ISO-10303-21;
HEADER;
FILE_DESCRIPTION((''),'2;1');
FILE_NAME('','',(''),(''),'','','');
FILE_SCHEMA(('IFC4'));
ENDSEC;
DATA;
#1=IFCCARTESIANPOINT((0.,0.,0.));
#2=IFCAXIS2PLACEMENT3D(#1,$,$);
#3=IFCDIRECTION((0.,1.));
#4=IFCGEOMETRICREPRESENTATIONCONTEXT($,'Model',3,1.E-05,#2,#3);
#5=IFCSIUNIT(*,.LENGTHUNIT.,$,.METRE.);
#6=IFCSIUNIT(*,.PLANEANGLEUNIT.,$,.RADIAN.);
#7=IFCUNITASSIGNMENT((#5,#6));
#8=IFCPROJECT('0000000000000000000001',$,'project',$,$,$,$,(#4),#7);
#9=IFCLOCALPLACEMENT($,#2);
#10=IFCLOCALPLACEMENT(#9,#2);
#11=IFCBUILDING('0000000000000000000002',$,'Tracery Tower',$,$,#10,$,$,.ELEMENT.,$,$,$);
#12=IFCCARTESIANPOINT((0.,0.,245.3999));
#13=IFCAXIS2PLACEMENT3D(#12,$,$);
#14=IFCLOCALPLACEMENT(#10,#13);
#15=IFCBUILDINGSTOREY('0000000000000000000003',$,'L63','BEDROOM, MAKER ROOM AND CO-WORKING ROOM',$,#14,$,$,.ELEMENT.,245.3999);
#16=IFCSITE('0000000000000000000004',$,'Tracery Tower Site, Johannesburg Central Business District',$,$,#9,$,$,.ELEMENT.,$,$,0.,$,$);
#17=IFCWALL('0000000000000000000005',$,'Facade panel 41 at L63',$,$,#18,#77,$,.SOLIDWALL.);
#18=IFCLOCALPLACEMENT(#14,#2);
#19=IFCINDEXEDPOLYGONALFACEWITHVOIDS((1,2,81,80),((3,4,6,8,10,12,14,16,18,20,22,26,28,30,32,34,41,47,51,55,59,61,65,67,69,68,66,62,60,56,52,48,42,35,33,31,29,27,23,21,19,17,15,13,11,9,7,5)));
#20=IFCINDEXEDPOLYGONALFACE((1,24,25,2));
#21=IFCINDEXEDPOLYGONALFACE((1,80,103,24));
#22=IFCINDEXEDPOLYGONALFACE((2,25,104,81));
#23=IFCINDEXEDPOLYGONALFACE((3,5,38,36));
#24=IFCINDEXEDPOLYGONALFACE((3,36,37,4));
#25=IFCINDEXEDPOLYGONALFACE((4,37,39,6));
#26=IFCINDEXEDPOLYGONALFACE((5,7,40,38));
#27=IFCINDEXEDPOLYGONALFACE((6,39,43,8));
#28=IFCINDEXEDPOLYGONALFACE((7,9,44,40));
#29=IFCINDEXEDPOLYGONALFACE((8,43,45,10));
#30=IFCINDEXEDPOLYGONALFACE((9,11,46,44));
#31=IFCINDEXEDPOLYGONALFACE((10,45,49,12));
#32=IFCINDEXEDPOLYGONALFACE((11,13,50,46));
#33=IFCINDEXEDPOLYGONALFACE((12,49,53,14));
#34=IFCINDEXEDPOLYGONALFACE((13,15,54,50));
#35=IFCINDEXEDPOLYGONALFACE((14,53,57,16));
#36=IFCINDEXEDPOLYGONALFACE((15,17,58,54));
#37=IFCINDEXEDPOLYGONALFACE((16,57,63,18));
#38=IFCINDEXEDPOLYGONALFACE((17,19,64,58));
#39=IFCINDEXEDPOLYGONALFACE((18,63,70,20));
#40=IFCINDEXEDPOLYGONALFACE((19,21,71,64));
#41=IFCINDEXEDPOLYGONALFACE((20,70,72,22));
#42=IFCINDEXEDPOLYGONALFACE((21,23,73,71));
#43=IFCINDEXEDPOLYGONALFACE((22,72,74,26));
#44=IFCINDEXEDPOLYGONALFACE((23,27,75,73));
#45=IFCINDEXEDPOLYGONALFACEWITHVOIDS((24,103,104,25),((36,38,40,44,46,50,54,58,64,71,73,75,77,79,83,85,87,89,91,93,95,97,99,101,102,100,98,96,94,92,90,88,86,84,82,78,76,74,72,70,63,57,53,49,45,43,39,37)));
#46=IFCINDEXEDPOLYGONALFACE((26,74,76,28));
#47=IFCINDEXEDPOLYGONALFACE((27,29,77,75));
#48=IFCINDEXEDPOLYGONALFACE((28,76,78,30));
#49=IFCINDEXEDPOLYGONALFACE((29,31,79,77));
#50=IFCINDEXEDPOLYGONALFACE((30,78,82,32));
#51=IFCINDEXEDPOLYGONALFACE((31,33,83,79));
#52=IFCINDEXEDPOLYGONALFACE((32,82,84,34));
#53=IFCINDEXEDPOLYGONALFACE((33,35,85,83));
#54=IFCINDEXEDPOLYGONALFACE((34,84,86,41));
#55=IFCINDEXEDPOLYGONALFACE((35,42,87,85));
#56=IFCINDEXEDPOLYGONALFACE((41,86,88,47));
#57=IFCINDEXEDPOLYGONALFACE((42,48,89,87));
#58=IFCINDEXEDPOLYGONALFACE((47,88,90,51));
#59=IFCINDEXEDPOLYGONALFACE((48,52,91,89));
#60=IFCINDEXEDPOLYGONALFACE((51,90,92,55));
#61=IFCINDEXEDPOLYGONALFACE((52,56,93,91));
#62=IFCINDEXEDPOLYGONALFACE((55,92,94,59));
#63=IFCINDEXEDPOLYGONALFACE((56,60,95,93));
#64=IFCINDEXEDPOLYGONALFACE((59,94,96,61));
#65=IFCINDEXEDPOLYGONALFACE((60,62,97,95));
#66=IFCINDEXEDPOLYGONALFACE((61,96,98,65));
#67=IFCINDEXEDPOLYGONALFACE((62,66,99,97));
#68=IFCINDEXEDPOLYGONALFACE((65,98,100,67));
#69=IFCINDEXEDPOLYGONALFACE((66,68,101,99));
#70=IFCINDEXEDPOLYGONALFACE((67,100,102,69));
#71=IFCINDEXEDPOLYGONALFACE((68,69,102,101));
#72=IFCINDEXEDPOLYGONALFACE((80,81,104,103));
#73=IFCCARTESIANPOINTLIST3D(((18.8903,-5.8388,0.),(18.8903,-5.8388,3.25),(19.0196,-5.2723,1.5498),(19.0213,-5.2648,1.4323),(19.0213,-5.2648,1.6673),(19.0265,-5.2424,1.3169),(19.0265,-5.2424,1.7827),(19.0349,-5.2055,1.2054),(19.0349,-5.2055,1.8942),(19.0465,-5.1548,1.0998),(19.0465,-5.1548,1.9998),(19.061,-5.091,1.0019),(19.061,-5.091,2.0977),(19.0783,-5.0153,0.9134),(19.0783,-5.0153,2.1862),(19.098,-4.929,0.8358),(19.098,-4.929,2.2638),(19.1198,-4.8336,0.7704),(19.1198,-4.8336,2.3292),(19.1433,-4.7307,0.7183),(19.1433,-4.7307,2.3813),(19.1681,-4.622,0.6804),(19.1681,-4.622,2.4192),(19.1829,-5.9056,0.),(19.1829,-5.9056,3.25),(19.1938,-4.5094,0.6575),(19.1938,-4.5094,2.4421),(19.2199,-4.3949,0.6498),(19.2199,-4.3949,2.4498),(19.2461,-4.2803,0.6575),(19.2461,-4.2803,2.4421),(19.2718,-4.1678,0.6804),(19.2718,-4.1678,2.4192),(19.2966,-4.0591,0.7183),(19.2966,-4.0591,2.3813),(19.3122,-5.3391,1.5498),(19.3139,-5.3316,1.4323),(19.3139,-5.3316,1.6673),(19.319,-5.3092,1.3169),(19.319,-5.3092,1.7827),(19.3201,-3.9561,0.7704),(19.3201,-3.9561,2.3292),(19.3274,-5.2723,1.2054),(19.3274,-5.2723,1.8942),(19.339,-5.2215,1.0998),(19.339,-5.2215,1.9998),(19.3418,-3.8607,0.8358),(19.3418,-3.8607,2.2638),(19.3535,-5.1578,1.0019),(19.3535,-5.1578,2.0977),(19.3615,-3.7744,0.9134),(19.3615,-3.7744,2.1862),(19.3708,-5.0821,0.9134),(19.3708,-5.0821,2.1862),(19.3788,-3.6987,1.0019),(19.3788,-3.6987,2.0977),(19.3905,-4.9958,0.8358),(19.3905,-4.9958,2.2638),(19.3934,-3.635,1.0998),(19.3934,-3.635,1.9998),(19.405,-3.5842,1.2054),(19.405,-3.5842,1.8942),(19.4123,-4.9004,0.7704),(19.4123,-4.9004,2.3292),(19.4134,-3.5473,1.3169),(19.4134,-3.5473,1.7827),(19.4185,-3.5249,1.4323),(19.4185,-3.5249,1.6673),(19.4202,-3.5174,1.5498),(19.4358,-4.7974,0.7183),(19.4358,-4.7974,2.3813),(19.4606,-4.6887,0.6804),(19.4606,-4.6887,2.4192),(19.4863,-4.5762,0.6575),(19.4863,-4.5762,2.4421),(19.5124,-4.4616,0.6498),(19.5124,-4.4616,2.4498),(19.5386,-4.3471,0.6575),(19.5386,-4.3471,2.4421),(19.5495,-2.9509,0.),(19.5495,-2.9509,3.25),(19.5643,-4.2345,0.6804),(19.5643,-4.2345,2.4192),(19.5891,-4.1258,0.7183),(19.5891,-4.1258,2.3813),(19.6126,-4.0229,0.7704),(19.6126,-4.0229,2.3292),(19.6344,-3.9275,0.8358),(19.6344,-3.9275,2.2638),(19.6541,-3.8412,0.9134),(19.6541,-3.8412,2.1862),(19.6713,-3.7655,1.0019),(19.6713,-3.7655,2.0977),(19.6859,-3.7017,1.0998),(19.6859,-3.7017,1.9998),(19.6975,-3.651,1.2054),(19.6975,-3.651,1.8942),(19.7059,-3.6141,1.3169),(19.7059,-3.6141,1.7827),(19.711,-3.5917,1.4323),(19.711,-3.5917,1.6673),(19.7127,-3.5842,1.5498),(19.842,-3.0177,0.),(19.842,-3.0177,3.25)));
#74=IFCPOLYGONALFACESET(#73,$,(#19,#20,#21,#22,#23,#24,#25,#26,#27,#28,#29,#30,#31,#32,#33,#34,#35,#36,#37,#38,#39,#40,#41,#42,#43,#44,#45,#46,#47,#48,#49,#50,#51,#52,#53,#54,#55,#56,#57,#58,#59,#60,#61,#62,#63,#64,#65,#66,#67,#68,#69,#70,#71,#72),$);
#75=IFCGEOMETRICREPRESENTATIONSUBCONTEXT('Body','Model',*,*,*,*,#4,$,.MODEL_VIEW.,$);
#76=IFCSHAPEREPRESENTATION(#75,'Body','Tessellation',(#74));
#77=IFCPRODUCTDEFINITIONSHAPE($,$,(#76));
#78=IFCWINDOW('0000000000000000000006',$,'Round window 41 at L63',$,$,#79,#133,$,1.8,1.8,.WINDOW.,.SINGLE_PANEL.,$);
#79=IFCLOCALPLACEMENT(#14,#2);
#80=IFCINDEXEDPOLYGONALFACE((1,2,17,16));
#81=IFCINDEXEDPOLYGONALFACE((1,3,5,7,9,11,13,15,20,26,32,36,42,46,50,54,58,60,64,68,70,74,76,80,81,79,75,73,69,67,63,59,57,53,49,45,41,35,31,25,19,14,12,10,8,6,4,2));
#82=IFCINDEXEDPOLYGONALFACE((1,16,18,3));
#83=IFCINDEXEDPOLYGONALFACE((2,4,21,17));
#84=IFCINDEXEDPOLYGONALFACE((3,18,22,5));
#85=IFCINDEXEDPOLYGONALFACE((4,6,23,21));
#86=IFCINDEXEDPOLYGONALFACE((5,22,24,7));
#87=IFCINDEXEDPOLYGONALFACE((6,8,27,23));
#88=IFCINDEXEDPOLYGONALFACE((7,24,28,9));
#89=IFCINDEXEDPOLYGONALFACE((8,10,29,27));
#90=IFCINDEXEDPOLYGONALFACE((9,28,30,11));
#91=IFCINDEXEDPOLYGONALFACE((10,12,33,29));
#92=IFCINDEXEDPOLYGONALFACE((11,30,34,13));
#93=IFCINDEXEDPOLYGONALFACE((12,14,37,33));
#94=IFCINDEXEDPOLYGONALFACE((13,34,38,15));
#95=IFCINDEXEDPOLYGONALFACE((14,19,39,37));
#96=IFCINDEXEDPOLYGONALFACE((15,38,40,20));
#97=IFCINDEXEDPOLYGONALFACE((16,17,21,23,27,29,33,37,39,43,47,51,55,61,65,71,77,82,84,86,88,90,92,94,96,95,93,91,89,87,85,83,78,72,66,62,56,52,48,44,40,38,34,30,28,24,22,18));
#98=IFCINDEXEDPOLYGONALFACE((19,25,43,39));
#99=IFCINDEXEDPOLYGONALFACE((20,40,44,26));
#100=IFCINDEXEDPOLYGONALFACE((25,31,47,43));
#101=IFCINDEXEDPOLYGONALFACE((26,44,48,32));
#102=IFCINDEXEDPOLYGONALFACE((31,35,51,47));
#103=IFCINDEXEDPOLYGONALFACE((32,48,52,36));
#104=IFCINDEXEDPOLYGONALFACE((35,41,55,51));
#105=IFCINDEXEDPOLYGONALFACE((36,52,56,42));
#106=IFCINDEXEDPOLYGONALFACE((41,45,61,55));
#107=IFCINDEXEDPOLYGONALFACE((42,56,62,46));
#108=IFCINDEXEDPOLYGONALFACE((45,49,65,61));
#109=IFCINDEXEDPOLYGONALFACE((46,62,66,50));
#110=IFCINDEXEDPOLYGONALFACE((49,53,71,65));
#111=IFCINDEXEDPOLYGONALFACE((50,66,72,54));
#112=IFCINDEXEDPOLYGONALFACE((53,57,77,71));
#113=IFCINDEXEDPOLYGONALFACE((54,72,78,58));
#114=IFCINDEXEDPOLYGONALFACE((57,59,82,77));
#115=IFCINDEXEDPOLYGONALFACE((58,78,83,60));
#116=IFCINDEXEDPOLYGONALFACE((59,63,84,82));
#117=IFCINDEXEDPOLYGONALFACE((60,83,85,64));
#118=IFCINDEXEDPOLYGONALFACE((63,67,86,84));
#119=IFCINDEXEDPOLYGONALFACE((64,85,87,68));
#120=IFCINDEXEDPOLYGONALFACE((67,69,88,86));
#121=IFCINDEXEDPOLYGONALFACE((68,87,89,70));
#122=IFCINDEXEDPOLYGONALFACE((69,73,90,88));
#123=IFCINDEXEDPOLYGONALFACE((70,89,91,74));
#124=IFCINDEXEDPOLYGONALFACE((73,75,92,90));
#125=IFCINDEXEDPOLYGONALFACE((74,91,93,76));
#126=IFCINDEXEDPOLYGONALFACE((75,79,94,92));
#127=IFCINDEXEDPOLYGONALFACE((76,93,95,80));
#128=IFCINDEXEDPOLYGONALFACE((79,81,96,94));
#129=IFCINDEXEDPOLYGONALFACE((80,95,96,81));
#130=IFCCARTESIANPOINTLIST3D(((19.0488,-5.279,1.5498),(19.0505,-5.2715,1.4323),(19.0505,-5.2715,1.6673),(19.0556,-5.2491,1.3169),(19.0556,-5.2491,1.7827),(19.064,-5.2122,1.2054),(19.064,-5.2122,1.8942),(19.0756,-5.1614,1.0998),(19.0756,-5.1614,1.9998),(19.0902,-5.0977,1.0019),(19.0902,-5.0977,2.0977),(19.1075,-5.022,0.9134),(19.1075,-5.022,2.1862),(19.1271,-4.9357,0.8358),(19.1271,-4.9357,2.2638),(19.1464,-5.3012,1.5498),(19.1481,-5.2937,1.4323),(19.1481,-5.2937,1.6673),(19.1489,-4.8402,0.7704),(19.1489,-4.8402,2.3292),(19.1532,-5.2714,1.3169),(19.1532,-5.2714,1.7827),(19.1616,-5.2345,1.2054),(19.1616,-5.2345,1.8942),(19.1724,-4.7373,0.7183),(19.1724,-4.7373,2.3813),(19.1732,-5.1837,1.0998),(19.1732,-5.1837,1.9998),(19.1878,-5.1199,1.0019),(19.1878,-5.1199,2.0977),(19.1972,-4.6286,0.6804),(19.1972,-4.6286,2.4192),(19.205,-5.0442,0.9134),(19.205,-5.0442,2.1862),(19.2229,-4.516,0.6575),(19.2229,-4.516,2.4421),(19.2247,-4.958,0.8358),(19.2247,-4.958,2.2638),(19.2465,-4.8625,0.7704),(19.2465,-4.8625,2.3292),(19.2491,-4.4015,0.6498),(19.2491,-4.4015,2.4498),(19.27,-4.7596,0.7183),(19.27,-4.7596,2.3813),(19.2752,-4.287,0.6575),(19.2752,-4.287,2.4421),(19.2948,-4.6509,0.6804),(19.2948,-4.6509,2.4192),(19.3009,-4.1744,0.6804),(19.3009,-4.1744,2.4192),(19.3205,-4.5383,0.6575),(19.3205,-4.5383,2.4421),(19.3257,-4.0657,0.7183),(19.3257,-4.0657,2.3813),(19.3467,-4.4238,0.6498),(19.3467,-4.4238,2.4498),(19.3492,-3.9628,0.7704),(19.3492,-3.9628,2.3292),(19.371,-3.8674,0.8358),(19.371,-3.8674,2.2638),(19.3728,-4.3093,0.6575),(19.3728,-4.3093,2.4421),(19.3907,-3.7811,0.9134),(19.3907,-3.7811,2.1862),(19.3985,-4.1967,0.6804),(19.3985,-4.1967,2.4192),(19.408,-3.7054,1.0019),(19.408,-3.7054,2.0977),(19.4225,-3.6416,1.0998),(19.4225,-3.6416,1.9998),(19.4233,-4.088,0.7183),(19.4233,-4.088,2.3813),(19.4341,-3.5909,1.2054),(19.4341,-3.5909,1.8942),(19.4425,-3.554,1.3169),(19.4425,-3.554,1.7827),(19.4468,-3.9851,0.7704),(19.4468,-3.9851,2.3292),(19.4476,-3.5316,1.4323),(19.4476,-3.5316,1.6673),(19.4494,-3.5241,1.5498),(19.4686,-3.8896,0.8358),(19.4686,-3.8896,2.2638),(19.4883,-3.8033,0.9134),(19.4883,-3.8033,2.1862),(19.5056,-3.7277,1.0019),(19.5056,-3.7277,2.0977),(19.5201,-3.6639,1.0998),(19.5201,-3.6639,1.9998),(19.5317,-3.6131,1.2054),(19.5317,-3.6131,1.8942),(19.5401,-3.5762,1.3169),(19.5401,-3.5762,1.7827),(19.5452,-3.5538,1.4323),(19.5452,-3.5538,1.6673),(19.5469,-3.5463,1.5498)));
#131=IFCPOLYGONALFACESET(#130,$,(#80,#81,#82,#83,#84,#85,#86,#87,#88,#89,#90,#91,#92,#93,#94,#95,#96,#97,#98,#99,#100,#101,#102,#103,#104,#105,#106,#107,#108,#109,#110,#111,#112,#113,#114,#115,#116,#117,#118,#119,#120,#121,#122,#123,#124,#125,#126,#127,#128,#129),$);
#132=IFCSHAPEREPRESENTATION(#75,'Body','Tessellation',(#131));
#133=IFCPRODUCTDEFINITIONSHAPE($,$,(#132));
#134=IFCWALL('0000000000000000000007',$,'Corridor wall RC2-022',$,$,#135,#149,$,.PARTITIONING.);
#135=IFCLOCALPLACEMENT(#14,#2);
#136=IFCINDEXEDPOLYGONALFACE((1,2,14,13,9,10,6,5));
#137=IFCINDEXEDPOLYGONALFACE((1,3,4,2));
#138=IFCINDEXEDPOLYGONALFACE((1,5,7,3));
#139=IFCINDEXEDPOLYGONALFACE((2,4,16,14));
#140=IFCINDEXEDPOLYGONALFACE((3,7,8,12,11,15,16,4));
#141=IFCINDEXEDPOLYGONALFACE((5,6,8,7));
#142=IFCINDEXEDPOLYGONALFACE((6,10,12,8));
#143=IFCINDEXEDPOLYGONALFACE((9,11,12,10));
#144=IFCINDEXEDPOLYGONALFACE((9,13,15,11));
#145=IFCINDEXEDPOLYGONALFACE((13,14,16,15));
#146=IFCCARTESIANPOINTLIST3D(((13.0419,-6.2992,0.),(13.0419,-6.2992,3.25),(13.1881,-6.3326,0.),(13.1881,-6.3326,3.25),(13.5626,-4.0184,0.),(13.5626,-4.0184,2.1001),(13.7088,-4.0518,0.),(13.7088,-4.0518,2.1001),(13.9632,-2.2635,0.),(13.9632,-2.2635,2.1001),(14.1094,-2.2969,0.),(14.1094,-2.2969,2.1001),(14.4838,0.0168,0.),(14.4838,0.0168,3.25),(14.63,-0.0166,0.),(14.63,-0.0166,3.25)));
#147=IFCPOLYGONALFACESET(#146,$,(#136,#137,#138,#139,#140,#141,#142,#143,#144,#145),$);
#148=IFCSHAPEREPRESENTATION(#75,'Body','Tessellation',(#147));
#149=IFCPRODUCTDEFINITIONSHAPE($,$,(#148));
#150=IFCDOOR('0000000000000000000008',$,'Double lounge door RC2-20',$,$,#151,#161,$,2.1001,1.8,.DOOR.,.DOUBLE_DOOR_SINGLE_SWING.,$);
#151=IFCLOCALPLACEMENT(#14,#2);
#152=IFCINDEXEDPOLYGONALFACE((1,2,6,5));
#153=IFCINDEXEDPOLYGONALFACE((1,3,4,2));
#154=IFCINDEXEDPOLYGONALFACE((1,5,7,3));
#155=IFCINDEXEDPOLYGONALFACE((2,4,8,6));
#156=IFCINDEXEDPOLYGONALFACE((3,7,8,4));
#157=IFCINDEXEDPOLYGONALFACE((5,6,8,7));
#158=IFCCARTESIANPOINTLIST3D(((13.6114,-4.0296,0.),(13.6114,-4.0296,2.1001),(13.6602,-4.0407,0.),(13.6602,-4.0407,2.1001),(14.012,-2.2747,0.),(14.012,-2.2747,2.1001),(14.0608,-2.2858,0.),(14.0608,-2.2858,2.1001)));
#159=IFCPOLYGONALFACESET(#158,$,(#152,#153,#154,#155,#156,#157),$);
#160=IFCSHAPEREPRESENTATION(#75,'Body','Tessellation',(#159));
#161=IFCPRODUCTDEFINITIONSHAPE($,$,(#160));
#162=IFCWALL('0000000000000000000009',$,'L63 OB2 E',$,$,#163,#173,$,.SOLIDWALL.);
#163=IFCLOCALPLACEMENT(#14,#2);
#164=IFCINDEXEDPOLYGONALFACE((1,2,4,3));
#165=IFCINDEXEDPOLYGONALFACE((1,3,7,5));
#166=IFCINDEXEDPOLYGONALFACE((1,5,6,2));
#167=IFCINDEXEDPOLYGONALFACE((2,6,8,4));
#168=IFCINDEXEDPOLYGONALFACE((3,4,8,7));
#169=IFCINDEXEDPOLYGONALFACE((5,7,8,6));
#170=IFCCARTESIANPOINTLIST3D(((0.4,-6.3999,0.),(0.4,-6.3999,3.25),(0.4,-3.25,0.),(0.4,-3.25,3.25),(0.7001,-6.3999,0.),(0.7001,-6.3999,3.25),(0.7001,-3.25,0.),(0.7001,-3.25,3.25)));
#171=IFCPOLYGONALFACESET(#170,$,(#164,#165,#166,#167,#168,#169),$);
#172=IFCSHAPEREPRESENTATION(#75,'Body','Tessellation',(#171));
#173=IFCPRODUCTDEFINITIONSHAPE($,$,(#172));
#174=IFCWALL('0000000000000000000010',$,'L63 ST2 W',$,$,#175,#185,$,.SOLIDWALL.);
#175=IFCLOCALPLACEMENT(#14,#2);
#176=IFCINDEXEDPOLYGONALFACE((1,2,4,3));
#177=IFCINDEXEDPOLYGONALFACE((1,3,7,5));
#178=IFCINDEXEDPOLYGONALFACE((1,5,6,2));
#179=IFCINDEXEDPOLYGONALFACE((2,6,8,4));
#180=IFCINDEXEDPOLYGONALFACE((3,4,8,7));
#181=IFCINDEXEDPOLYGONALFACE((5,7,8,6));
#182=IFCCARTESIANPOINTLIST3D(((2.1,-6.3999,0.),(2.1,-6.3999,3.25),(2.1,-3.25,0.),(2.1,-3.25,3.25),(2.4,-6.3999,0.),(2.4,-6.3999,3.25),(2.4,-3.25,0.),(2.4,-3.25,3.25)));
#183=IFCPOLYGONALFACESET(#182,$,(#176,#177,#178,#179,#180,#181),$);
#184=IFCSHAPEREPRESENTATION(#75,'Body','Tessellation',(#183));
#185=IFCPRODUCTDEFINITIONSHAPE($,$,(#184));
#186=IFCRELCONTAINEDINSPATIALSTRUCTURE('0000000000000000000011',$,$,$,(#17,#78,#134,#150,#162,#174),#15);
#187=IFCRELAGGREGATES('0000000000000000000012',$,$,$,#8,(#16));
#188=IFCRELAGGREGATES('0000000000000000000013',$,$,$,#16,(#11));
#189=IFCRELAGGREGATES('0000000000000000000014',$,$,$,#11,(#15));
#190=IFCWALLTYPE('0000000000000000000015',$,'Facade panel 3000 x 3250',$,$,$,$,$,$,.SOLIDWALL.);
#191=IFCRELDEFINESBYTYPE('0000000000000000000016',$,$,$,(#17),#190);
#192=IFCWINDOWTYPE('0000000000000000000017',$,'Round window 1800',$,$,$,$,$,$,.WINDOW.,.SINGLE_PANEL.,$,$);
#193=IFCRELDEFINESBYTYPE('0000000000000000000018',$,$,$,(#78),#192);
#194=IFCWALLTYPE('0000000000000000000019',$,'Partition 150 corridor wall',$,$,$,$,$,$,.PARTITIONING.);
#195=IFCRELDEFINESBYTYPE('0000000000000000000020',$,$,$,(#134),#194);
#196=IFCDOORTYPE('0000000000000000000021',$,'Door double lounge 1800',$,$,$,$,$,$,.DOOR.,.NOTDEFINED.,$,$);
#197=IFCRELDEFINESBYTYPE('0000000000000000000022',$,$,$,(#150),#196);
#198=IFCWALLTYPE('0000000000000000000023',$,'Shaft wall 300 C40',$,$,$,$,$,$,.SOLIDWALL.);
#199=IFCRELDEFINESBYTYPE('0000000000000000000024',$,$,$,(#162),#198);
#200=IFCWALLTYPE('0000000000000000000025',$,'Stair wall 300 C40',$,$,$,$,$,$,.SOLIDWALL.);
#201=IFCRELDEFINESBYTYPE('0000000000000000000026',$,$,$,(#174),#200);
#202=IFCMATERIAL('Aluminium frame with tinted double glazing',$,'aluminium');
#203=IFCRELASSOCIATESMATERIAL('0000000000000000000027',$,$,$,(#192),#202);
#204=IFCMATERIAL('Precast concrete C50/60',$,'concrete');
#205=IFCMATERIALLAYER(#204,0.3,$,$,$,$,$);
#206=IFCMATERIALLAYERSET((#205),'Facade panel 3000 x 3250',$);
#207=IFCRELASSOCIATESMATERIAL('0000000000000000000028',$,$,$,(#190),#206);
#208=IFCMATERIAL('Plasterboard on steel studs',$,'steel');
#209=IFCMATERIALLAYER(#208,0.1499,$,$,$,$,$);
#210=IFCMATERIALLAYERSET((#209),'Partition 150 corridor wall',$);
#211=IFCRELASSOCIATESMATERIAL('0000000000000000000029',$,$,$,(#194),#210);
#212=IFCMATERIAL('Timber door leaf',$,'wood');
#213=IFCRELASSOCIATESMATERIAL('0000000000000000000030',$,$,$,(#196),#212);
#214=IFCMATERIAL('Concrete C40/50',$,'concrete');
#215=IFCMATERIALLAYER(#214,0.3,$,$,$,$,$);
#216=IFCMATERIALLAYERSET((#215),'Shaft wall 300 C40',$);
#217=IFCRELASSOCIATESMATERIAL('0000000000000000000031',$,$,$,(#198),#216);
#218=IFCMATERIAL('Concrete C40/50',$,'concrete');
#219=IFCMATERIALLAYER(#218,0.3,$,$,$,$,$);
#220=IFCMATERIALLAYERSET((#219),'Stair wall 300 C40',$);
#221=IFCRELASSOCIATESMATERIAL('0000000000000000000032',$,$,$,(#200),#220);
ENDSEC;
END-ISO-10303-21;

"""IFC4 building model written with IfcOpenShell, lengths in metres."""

from ifc_helpers import new_model, si_unit, direction, frame, frame_2d, origin, origin_2d, place, context, subcontext, project, spatial, rectangle, circle, extrude, material, layer, layer_set, type_object, element, fill, save


model = new_model("IFC4")

# Units and contexts
model_context = context("Model", 3, precision=1e-05, world=origin(), true_north=direction((0.0, 1.0)))
body_context = subcontext(model_context, "Body", "Model", "MODEL_VIEW")
ifc_project = project(units=[si_unit("LENGTHUNIT", "METRE"), si_unit("PLANEANGLEUNIT", "RADIAN")], contexts=[model_context])

# Site, building, storey
site_placement = place(None, origin())
site = spatial("IfcSite", under=ifc_project, at=site_placement, Name="Tracery Tower Site, Johannesburg Central Business District", CompositionType="ELEMENT", RefElevation=0.0)
building_placement = place(site_placement, origin())
building = spatial("IfcBuilding", under=site, at=building_placement, Name="Tracery Tower", CompositionType="ELEMENT")
storey_placement = place(building_placement, frame((0.0, 0.0, 245.3999)))
storey = spatial("IfcBuildingStorey", under=building, at=storey_placement, Name="L63", Description="BEDROOM, MAKER ROOM AND CO-WORKING ROOM", CompositionType="ELEMENT", Elevation=245.3999)

# Wall, opening, window
ifc_material_1 = material(Name="Aluminium frame with tinted double glazing", Category="aluminium")
window_type = type_object("IfcWindowType", Name="Round window 1800", PartitioningType="SINGLE_PANEL", PredefinedType="WINDOW", material=ifc_material_1)
ifc_material_2 = material(Name="Precast concrete C50/60", Category="concrete")
ifc_layer_1 = layer(ifc_material_2, 0.3)
ifc_layer_set_1 = layer_set([ifc_layer_1], Name="Facade panel 3000 x 3250")
wall_type_1 = type_object("IfcWallType", Name="Facade panel 3000 x 3250", PredefinedType="SOLIDWALL", material=ifc_layer_set_1)
wall_1_placement = place(storey_placement, frame((19.0366, -5.8721, 0.0), z_axis=(0.0, 0.0, 1.0), x_axis=(0.222529, 0.974926, 0.0)))
wall_1 = element("IfcWall", 1, at=wall_1_placement, inside=storey, type_object=wall_type_1, Name="Facade panel 41 at L63", PredefinedType="SOLIDWALL", context=body_context, shape_type="SweptSolid", body=[
    extrude(rectangle(XDim=2.9622, YDim=0.3, at=frame_2d((1.481, 0.0))), origin(), (0.0, 0.0, 1.0), 3.25),
])
opening_1_placement = place(wall_1_placement, frame((1.481, 0.0, 1.5498)))
opening_1 = element("IfcOpeningElement", 2, at=opening_1_placement, cuts=wall_1, PredefinedType="OPENING", context=body_context, shape_type="SweptSolid", body=[
    extrude(circle(Radius=0.9, at=origin_2d()), frame((0.0, 0.1599, 0.0), z_axis=(0.0, -1.0, 0.0), x_axis=(1.0, 0.0, 0.0)), (0.0, 0.0, 1.0), 0.3201),
])
window_1_placement = place(opening_1_placement, origin())
window_1 = element("IfcWindow", 3, at=window_1_placement, inside=storey, type_object=window_type, Name="Round window 41 at L63", OverallHeight=1.8, OverallWidth=1.8, PartitioningType="SINGLE_PANEL", PredefinedType="WINDOW", context=body_context, shape_type="SweptSolid", body=[
    extrude(circle(Radius=0.9, at=origin_2d()), frame((0.0, 0.1201, 0.0), z_axis=(0.0, -1.0, 0.0), x_axis=(1.0, 0.0, 0.0)), (0.0, 0.0, 1.0), 0.1001),
])
fill(opening_1, window_1)

# Wall, opening, door
ifc_material_3 = material(Name="Plasterboard on steel studs", Category="steel")
ifc_layer_2 = layer(ifc_material_3, 0.1499)
ifc_layer_set_2 = layer_set([ifc_layer_2], Name="Partition 150 corridor wall")
wall_type_2 = type_object("IfcWallType", Name="Partition 150 corridor wall", PredefinedType="PARTITIONING", material=ifc_layer_set_2)
wall_2_placement = place(storey_placement, frame((13.115, -6.3159, 0.0), z_axis=(0.0, 0.0, 1.0), x_axis=(0.222569, 0.974917, 0.0)))
wall_2 = element("IfcWall", 4, at=wall_2_placement, inside=storey, type_object=wall_type_2, Name="Corridor wall RC2-022", PredefinedType="PARTITIONING", context=body_context, shape_type="SweptSolid", body=[
    extrude(rectangle(XDim=6.4785, YDim=0.1499, at=frame_2d((3.2393, 0.0))), origin(), (0.0, 0.0, 1.0), 3.25),
])
opening_2_placement = place(wall_2_placement, frame((2.3396, 0.0, 0.0)))
opening_2 = element("IfcOpeningElement", 5, at=opening_2_placement, cuts=wall_2, PredefinedType="OPENING", context=body_context, shape_type="SweptSolid", body=[
    extrude(rectangle(XDim=1.8, YDim=2.1001, at=frame_2d((0.8999, 1.05))), frame((0.0, 0.075, 0.0), z_axis=(0.0, -1.0, 0.0), x_axis=(1.0, 0.0, 0.0)), (0.0, 0.0, 1.0), 0.1499),
])
ifc_material_4 = material(Name="Timber door leaf", Category="wood")
door_type_1 = type_object("IfcDoorType", Name="Door double lounge 1800", OperationType="NOTDEFINED", PredefinedType="DOOR", material=ifc_material_4)
door_1_placement = place(opening_2_placement, origin())
door_1 = element("IfcDoor", 6, at=door_1_placement, inside=storey, type_object=door_type_1, Name="Double lounge door RC2-20", OperationType="DOUBLE_DOOR_SINGLE_SWING", OverallHeight=2.1001, OverallWidth=1.8, PredefinedType="DOOR", context=body_context, shape_type="SweptSolid", body=[
    extrude(rectangle(XDim=1.8, YDim=2.1001, at=frame_2d((0.8999, 1.05))), frame((0.0, 0.0249, 0.0), z_axis=(0.0, -1.0, 0.0), x_axis=(1.0, 0.0, 0.0)), (0.0, 0.0, 1.0), 0.05),
])
fill(opening_2, door_1)

# Wall
ifc_material_5 = material(Name="Concrete C40/50", Category="concrete")
ifc_layer_3 = layer(ifc_material_5, 0.3)
ifc_layer_set_3 = layer_set([ifc_layer_3], Name="Shaft wall 300 C40")
wall_type_3 = type_object("IfcWallType", Name="Shaft wall 300 C40", PredefinedType="SOLIDWALL", material=ifc_layer_set_3)
wall_3_placement = place(storey_placement, frame((0.55, -6.3999, 0.0), z_axis=(0.0, 0.0, 1.0), x_axis=(0.0, 1.0, 0.0)))
element("IfcWall", 7, at=wall_3_placement, inside=storey, type_object=wall_type_3, Name="L63 OB2 E", PredefinedType="SOLIDWALL", context=body_context, shape_type="SweptSolid", body=[
    extrude(rectangle(XDim=3.1499, YDim=0.3, at=frame_2d((1.575, 0.0))), origin(), (0.0, 0.0, 1.0), 3.25),
])

# Shared definitions
ifc_material_6 = material(Name="Concrete C40/50", Category="concrete")
ifc_layer_4 = layer(ifc_material_6, 0.3)
ifc_layer_set_4 = layer_set([ifc_layer_4], Name="Stair wall 300 C40")
wall_type_4 = type_object("IfcWallType", Name="Stair wall 300 C40", PredefinedType="SOLIDWALL", material=ifc_layer_set_4)

# Wall
wall_4_placement = place(storey_placement, frame((2.25, -6.3999, 0.0), z_axis=(0.0, 0.0, 1.0), x_axis=(0.0, 1.0, 0.0)))
element("IfcWall", 8, at=wall_4_placement, inside=storey, type_object=wall_type_4, Name="L63 ST2 W", PredefinedType="SOLIDWALL", context=body_context, shape_type="SweptSolid", body=[
    extrude(rectangle(XDim=3.1499, YDim=0.3, at=frame_2d((1.575, 0.0))), origin(), (0.0, 0.0, 1.0), 3.25),
])

save(model, "model.ifc")
